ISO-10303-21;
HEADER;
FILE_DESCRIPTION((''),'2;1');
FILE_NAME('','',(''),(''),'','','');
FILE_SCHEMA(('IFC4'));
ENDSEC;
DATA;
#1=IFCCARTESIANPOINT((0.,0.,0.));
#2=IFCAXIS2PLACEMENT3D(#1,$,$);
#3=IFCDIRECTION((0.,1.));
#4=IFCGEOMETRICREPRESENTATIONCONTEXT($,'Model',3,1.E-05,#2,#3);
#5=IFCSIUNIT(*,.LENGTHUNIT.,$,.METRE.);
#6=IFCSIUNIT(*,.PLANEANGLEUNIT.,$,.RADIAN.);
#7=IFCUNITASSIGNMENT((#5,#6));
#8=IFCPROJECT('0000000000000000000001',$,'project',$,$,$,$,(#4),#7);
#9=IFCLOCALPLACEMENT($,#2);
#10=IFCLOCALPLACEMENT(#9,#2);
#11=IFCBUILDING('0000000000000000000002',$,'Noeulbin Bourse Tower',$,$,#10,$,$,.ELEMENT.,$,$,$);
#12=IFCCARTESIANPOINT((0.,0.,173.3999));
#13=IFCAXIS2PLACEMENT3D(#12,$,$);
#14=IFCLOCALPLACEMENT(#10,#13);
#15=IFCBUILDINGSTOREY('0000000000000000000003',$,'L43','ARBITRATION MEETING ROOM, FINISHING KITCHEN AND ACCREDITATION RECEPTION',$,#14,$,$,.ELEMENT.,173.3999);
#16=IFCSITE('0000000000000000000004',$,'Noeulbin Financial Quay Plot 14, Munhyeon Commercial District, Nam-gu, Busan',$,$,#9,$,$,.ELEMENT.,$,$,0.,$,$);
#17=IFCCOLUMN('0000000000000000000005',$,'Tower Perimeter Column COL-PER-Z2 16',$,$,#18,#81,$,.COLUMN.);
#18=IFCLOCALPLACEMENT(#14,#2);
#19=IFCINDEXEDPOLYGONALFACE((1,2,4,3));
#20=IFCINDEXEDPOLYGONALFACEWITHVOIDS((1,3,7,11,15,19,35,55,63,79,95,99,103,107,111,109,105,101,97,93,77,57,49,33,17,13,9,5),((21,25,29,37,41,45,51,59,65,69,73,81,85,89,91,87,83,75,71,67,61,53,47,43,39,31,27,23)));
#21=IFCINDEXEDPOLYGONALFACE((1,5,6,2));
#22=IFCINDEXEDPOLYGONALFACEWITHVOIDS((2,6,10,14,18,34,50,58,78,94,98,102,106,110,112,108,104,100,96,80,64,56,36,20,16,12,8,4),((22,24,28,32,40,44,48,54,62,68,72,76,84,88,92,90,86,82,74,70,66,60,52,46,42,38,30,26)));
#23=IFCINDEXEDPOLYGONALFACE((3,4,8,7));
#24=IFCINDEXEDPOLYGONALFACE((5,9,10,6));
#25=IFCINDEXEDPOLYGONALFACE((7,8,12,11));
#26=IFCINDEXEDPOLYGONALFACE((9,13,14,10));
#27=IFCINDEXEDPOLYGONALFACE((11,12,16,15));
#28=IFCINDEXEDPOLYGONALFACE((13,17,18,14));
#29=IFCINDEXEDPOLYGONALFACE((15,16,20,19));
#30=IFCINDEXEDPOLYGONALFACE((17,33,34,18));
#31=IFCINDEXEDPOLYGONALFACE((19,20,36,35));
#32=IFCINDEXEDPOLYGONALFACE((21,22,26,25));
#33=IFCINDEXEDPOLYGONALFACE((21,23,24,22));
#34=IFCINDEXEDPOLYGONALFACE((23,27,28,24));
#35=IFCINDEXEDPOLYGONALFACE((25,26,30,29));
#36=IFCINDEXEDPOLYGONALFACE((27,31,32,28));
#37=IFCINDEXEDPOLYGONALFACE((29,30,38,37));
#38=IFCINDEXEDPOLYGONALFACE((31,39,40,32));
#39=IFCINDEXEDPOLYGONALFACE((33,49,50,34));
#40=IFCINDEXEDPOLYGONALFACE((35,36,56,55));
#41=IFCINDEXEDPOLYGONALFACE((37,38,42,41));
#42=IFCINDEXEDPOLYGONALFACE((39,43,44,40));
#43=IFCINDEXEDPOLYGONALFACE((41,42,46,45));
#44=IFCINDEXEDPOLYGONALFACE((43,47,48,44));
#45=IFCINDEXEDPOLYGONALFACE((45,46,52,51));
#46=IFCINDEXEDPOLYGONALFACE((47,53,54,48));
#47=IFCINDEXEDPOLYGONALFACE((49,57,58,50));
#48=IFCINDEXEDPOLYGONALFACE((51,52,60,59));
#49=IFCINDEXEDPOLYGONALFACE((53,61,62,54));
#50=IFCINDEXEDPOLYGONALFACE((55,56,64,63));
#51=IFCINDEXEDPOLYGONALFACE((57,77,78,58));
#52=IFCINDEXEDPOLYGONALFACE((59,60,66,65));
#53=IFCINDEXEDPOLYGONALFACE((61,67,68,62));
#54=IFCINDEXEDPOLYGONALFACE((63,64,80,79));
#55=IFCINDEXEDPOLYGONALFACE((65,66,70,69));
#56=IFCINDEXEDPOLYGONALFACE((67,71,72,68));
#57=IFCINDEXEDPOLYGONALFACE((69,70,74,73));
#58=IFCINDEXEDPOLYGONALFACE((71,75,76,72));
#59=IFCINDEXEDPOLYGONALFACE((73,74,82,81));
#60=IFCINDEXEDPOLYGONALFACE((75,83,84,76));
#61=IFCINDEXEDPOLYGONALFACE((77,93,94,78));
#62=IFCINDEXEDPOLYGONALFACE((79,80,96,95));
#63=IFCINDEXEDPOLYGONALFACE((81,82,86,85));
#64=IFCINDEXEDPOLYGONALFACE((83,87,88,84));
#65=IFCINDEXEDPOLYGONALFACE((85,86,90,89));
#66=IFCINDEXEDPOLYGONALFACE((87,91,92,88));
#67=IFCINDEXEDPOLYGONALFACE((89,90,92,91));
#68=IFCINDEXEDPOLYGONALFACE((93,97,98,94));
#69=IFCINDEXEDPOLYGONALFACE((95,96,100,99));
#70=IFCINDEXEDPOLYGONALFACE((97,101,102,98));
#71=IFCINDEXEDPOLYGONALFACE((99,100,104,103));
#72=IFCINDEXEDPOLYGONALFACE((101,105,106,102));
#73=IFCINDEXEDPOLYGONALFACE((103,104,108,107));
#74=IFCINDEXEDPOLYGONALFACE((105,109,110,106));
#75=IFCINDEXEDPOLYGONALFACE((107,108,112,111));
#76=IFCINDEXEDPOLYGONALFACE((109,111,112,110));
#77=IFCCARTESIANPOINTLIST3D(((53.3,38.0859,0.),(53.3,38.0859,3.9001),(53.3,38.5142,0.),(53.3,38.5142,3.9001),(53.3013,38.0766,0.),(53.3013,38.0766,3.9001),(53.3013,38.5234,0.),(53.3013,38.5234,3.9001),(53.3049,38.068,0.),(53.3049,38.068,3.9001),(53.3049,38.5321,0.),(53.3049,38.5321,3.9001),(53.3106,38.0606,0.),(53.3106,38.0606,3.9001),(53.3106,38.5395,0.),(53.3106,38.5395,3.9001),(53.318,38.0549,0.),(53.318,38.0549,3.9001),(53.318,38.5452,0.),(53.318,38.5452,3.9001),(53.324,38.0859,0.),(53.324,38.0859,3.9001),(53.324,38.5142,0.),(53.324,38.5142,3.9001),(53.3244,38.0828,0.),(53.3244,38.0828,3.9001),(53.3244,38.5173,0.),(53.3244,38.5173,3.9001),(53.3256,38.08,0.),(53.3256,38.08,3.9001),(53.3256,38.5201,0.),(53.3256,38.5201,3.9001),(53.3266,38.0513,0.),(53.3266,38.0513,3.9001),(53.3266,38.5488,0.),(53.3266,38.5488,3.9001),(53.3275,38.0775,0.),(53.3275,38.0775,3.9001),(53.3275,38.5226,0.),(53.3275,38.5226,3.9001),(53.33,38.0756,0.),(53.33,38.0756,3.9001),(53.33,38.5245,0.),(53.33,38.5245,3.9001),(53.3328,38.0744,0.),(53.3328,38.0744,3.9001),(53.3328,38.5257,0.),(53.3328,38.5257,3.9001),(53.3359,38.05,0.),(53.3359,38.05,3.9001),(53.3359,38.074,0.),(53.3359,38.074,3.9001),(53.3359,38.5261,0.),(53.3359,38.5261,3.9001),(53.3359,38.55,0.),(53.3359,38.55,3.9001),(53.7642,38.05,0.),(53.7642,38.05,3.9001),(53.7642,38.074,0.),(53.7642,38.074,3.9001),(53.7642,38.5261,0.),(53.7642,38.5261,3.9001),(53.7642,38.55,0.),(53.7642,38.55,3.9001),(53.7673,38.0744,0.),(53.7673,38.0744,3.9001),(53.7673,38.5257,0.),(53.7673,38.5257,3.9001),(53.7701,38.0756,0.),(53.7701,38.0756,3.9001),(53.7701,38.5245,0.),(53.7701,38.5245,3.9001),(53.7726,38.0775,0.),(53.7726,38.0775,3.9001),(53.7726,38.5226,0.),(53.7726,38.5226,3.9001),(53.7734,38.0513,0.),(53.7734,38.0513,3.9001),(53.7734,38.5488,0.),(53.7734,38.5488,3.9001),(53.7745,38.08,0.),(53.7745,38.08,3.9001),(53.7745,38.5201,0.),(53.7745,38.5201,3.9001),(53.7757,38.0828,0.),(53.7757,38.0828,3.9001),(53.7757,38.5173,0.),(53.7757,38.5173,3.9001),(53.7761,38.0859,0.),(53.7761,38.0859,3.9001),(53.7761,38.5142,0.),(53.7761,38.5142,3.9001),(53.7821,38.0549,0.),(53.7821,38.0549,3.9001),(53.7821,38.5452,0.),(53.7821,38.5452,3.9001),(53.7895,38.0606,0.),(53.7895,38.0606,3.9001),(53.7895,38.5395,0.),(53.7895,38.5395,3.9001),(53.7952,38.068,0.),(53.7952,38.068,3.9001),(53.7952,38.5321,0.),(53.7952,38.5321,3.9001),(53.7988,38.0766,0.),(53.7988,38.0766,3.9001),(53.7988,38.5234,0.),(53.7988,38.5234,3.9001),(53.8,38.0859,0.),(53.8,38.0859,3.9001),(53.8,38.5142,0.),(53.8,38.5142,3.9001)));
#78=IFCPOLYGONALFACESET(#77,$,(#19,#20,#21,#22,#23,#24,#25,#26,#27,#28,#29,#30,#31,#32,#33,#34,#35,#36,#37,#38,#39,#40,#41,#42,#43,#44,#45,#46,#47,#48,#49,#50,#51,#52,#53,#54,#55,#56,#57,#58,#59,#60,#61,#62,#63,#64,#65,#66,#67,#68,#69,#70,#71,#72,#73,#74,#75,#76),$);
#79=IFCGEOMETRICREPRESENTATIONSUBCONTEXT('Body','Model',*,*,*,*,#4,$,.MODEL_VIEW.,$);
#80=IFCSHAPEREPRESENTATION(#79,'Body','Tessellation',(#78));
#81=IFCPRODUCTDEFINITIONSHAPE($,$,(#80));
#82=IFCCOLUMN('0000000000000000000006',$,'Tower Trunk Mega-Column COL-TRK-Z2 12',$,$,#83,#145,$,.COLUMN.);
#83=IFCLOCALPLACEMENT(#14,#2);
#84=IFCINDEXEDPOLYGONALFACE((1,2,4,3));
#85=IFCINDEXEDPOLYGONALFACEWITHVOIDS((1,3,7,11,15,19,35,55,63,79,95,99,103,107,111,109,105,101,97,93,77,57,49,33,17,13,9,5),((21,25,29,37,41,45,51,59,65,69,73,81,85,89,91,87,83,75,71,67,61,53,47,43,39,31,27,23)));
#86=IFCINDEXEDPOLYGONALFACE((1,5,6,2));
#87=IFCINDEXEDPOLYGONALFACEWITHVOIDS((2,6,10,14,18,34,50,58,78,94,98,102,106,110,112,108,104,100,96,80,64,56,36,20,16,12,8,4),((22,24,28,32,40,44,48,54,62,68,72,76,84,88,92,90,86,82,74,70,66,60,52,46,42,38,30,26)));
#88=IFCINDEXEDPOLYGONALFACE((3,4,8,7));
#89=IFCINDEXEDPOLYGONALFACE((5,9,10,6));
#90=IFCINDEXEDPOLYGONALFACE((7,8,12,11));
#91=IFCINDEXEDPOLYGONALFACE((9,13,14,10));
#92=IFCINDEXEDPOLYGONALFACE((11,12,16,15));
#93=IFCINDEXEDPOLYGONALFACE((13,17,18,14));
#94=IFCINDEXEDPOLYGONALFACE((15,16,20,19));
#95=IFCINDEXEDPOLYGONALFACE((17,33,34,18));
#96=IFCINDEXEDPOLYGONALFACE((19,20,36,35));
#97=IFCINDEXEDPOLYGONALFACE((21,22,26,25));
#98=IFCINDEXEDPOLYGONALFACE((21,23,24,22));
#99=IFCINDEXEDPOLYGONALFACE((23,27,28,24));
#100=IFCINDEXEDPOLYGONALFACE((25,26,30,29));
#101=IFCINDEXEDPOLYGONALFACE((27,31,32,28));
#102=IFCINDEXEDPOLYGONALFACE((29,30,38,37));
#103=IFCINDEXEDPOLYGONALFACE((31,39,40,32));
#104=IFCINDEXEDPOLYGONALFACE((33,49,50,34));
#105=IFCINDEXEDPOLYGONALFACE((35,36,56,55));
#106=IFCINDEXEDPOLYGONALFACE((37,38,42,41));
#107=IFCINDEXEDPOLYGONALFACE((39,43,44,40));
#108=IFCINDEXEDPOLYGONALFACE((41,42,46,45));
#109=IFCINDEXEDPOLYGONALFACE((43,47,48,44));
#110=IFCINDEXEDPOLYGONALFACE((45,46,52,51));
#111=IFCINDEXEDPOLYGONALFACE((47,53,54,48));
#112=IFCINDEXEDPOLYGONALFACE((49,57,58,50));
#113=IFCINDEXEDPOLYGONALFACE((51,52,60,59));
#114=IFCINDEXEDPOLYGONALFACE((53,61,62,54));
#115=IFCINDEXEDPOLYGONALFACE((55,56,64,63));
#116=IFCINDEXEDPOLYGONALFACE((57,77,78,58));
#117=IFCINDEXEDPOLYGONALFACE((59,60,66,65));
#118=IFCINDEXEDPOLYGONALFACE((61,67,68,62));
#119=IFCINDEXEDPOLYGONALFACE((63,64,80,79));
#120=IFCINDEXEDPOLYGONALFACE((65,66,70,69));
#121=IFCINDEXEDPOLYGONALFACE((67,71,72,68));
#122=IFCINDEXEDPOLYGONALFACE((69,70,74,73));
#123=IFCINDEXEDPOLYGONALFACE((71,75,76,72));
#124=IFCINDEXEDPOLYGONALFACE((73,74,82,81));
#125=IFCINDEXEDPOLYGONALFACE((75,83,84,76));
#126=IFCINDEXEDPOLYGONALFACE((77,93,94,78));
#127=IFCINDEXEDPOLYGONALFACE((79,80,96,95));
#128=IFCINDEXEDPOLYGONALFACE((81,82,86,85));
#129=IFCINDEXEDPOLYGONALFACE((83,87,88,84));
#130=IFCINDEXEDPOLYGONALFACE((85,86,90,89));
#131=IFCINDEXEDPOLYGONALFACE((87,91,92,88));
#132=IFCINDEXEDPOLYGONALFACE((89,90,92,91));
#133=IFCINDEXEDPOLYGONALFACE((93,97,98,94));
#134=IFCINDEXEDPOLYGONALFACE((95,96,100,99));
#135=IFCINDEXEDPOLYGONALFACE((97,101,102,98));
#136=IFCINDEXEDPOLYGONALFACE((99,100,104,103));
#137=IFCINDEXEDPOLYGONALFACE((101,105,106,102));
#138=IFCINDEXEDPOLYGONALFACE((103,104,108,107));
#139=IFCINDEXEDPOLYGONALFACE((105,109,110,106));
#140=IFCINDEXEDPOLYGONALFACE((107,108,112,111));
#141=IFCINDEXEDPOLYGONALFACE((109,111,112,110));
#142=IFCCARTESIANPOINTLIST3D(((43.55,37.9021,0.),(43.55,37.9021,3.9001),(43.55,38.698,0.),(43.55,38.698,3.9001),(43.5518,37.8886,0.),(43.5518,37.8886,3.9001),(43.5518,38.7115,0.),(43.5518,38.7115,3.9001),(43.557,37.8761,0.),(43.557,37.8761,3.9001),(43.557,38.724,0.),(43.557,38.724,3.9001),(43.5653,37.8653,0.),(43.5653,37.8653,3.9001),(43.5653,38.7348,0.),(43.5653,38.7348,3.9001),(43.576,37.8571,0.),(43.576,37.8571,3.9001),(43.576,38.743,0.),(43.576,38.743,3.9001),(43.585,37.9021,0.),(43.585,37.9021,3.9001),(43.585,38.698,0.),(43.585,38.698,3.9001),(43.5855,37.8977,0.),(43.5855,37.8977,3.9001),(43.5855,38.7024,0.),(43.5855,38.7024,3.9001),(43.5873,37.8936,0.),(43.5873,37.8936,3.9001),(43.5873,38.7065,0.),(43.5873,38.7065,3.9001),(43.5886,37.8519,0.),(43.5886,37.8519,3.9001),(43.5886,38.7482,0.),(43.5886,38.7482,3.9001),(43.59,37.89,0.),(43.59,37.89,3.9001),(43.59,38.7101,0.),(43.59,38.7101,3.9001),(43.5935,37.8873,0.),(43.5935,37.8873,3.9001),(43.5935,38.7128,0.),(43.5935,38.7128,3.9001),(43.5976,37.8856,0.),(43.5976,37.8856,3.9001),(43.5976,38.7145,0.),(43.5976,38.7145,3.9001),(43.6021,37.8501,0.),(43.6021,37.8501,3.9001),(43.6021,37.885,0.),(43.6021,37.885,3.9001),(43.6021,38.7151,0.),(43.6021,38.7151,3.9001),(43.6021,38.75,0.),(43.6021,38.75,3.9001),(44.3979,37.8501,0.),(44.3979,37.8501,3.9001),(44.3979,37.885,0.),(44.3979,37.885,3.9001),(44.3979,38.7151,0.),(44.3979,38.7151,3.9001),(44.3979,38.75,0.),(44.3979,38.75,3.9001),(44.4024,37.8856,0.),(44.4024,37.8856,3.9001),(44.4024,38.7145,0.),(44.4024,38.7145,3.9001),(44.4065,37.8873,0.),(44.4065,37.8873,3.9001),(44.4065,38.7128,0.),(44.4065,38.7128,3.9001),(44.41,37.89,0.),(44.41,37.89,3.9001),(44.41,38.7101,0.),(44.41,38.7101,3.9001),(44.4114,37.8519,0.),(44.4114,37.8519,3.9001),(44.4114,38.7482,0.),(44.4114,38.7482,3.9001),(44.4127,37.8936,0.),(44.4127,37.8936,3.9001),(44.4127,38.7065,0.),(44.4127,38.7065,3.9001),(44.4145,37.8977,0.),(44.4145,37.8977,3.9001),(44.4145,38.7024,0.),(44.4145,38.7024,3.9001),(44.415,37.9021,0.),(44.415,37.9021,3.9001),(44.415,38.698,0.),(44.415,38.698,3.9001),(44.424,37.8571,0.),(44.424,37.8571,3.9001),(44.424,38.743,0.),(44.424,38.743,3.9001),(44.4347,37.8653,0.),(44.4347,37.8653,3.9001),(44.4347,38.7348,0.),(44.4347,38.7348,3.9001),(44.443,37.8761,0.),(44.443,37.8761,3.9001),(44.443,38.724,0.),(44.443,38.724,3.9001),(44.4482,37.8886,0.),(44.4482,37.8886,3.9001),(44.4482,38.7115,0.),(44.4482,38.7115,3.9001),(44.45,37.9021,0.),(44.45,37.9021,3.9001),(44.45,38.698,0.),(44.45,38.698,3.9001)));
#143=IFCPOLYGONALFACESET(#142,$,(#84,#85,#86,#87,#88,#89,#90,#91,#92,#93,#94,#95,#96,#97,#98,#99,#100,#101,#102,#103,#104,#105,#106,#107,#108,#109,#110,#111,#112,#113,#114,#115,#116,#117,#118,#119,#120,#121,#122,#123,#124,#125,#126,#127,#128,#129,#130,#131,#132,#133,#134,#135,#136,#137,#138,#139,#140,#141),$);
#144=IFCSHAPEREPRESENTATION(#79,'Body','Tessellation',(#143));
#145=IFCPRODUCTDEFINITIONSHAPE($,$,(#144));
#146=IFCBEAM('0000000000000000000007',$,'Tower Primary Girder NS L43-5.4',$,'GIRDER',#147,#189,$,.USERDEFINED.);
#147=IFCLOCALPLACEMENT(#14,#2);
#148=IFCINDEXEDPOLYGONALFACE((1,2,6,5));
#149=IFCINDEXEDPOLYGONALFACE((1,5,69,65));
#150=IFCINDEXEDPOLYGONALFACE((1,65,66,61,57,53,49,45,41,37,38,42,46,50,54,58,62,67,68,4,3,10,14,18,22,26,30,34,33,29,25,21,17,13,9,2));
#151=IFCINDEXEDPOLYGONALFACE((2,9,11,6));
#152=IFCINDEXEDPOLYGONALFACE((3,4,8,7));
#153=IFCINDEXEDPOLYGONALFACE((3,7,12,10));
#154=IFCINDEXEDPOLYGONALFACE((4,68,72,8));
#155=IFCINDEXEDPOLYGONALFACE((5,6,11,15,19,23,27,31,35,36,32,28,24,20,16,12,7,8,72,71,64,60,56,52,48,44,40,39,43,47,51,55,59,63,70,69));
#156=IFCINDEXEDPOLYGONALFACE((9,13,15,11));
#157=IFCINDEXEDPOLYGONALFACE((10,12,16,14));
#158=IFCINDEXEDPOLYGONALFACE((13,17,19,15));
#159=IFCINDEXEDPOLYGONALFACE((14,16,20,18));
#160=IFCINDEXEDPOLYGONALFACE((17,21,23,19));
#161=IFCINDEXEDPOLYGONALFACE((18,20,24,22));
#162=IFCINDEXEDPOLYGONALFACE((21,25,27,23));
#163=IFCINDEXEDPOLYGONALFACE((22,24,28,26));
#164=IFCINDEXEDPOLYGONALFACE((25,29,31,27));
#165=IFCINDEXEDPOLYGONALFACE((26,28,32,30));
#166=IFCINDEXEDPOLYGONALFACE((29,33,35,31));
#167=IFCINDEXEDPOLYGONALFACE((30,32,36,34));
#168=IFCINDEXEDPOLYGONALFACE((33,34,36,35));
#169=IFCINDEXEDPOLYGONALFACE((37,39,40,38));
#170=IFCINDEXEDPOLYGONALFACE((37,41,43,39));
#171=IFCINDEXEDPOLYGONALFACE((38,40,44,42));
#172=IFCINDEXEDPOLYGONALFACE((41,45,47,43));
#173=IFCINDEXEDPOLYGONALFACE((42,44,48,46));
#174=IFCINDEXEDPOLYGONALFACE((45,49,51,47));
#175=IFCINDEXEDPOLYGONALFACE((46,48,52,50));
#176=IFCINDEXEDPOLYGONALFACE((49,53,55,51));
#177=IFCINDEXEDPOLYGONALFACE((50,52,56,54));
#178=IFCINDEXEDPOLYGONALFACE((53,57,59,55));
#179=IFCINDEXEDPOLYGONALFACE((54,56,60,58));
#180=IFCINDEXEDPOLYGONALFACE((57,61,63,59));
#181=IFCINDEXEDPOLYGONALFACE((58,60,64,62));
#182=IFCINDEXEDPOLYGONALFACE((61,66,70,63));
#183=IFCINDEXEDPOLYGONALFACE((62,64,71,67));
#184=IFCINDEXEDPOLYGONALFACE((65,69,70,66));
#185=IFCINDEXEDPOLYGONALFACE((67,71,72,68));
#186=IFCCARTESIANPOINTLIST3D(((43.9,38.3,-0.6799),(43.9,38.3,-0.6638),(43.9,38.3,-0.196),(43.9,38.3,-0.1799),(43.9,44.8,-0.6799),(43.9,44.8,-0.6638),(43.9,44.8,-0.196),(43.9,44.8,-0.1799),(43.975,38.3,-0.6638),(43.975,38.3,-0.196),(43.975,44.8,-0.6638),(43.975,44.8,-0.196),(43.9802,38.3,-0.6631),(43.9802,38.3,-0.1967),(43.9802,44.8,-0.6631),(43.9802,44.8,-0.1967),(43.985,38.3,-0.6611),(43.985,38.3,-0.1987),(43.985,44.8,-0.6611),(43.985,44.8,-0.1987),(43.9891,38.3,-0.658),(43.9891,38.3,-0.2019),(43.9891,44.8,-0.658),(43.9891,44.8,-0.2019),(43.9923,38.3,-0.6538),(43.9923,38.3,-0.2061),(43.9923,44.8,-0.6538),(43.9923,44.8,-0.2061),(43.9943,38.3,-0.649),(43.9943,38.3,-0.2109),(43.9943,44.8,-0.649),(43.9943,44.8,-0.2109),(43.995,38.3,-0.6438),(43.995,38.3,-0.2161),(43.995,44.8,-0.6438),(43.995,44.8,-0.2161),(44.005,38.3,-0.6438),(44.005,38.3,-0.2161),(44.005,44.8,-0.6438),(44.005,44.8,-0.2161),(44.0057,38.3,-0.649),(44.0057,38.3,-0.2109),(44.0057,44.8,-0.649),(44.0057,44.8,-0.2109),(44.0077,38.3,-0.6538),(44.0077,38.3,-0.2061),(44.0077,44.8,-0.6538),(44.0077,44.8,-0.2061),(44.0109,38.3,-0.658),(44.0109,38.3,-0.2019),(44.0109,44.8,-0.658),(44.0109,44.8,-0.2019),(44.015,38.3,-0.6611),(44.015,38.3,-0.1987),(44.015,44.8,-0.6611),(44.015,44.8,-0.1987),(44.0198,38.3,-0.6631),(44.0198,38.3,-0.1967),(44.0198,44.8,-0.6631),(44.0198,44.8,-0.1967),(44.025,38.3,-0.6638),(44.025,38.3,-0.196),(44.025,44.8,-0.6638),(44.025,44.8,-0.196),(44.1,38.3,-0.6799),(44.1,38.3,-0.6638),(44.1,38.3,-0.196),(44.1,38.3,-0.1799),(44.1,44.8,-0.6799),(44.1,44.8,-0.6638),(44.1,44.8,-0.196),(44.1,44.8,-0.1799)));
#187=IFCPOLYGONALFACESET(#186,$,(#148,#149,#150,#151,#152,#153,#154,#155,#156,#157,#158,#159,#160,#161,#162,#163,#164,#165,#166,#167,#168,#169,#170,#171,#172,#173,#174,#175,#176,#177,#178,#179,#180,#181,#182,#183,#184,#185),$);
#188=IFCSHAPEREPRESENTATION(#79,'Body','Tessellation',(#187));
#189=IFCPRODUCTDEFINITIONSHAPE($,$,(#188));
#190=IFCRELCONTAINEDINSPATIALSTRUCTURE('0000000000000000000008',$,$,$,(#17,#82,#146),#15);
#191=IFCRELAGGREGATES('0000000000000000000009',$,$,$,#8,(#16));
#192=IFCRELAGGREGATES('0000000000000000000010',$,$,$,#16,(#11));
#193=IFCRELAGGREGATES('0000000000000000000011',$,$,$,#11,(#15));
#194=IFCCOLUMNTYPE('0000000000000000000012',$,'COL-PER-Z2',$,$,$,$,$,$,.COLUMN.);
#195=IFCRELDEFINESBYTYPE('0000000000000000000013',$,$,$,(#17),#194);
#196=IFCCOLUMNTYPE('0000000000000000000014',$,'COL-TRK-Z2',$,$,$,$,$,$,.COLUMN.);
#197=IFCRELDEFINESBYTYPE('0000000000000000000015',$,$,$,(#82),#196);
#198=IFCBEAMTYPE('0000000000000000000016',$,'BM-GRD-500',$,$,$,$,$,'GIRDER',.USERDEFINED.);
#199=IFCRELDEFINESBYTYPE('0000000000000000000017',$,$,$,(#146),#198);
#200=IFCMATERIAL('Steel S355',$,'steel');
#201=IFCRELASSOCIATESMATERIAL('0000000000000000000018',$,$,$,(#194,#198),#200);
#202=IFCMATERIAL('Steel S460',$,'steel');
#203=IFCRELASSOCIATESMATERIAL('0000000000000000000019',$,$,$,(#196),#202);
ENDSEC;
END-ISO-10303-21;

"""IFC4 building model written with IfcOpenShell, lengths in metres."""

from ifc_helpers import new_model, si_unit, direction, frame, origin, origin_2d, place, context, subcontext, project, spatial, hollow_rectangle, i_section, extrude, material, material_profile, profile_set, type_object, element, save


model = new_model("IFC4")

# Units and contexts
model_context = context("Model", 3, precision=1e-05, world=origin(), true_north=direction((0.0, 1.0)))
body_context = subcontext(model_context, "Body", "Model", "MODEL_VIEW")
ifc_project = project(units=[si_unit("LENGTHUNIT", "METRE"), si_unit("PLANEANGLEUNIT", "RADIAN")], contexts=[model_context])

# Site, building, storey
site_placement = place(None, origin())
site = spatial("IfcSite", under=ifc_project, at=site_placement, Name="Noeulbin Financial Quay Plot 14, Munhyeon Commercial District, Nam-gu, Busan", CompositionType="ELEMENT", RefElevation=0.0)
building_placement = place(site_placement, origin())
building = spatial("IfcBuilding", under=site, at=building_placement, Name="Noeulbin Bourse Tower", CompositionType="ELEMENT")
storey_placement = place(building_placement, frame((0.0, 0.0, 173.3999)))
storey = spatial("IfcBuildingStorey", under=building, at=storey_placement, Name="L43", Description="ARBITRATION MEETING ROOM, FINISHING KITCHEN AND ACCREDITATION RECEPTION", CompositionType="ELEMENT", Elevation=173.3999)

# Columns
ifc_material_1 = material(Name="Steel S355", Category="steel")
ifc_material_profile_1 = material_profile(ifc_material_1, hollow_rectangle(XDim=0.5, YDim=0.5, WallThickness=0.0239, InnerFilletRadius=0.012, OuterFilletRadius=0.0359, at=origin_2d()), Name="BOX-500x500x24", Category="LoadBearing")
ifc_profile_set_1 = profile_set([ifc_material_profile_1], Name="Steel S355")
column_type_1 = type_object("IfcColumnType", Name="COL-PER-Z2", PredefinedType="COLUMN", material=ifc_profile_set_1)
column_1_placement = place(storey_placement, frame((53.55, 38.3, 0.0), z_axis=(0.0, 0.0, 1.0), x_axis=(1.0, 0.0, 0.0)))
element("IfcColumn", 1, at=column_1_placement, inside=storey, type_object=column_type_1, Name="Tower Perimeter Column COL-PER-Z2 16", PredefinedType="COLUMN", context=body_context, shape_type="SweptSolid", body=[
    extrude(hollow_rectangle(XDim=0.5, YDim=0.5, WallThickness=0.0239, InnerFilletRadius=0.012, OuterFilletRadius=0.0359, at=origin_2d()), origin(), (0.0, 0.0, 1.0), 3.9001),
])
ifc_material_2 = material(Name="Steel S460", Category="steel")
ifc_material_profile_2 = material_profile(ifc_material_2, hollow_rectangle(XDim=0.8999, YDim=0.8999, WallThickness=0.0349, InnerFilletRadius=0.0171, OuterFilletRadius=0.052, at=origin_2d()), Name="BOX-900x900x35", Category="LoadBearing")
ifc_profile_set_2 = profile_set([ifc_material_profile_2], Name="Steel S460")
column_type_2 = type_object("IfcColumnType", Name="COL-TRK-Z2", PredefinedType="COLUMN", material=ifc_profile_set_2)
column_2_placement = place(storey_placement, frame((44.0, 38.3, 0.0), z_axis=(0.0, 0.0, 1.0), x_axis=(1.0, 0.0, 0.0)))
element("IfcColumn", 2, at=column_2_placement, inside=storey, type_object=column_type_2, Name="Tower Trunk Mega-Column COL-TRK-Z2 12", PredefinedType="COLUMN", context=body_context, shape_type="SweptSolid", body=[
    extrude(hollow_rectangle(XDim=0.8999, YDim=0.8999, WallThickness=0.0349, InnerFilletRadius=0.0171, OuterFilletRadius=0.052, at=origin_2d()), origin(), (0.0, 0.0, 1.0), 3.9001),
])

# Beam
ifc_material_profile_3 = material_profile(ifc_material_1, i_section(OverallWidth=0.2, OverallDepth=0.5, WebThickness=0.01, FlangeThickness=0.0161, FilletRadius=0.02, at=origin_2d()), Name="H-500x200x10x16", Category="LoadBearing")
ifc_profile_set_3 = profile_set([ifc_material_profile_3], Name="Steel S355")
beam_type_1 = type_object("IfcBeamType", Name="BM-GRD-500", ElementType="GIRDER", PredefinedType="USERDEFINED", material=ifc_profile_set_3)
beam_1_placement = place(storey_placement, frame((44.0, 38.3, -0.4299), z_axis=(0.0, 1.0, 0.0), x_axis=(-1.0, 0.0, 0.0)))
element("IfcBeam", 3, at=beam_1_placement, inside=storey, type_object=beam_type_1, Name="Tower Primary Girder NS L43-5.4", ObjectType="GIRDER", PredefinedType="USERDEFINED", context=body_context, shape_type="SweptSolid", body=[
    extrude(i_section(OverallWidth=0.2, OverallDepth=0.5, WebThickness=0.01, FlangeThickness=0.0161, FilletRadius=0.02, at=origin_2d()), origin(), (0.0, 0.0, 1.0), 6.5),
])

save(model, "model.ifc")
